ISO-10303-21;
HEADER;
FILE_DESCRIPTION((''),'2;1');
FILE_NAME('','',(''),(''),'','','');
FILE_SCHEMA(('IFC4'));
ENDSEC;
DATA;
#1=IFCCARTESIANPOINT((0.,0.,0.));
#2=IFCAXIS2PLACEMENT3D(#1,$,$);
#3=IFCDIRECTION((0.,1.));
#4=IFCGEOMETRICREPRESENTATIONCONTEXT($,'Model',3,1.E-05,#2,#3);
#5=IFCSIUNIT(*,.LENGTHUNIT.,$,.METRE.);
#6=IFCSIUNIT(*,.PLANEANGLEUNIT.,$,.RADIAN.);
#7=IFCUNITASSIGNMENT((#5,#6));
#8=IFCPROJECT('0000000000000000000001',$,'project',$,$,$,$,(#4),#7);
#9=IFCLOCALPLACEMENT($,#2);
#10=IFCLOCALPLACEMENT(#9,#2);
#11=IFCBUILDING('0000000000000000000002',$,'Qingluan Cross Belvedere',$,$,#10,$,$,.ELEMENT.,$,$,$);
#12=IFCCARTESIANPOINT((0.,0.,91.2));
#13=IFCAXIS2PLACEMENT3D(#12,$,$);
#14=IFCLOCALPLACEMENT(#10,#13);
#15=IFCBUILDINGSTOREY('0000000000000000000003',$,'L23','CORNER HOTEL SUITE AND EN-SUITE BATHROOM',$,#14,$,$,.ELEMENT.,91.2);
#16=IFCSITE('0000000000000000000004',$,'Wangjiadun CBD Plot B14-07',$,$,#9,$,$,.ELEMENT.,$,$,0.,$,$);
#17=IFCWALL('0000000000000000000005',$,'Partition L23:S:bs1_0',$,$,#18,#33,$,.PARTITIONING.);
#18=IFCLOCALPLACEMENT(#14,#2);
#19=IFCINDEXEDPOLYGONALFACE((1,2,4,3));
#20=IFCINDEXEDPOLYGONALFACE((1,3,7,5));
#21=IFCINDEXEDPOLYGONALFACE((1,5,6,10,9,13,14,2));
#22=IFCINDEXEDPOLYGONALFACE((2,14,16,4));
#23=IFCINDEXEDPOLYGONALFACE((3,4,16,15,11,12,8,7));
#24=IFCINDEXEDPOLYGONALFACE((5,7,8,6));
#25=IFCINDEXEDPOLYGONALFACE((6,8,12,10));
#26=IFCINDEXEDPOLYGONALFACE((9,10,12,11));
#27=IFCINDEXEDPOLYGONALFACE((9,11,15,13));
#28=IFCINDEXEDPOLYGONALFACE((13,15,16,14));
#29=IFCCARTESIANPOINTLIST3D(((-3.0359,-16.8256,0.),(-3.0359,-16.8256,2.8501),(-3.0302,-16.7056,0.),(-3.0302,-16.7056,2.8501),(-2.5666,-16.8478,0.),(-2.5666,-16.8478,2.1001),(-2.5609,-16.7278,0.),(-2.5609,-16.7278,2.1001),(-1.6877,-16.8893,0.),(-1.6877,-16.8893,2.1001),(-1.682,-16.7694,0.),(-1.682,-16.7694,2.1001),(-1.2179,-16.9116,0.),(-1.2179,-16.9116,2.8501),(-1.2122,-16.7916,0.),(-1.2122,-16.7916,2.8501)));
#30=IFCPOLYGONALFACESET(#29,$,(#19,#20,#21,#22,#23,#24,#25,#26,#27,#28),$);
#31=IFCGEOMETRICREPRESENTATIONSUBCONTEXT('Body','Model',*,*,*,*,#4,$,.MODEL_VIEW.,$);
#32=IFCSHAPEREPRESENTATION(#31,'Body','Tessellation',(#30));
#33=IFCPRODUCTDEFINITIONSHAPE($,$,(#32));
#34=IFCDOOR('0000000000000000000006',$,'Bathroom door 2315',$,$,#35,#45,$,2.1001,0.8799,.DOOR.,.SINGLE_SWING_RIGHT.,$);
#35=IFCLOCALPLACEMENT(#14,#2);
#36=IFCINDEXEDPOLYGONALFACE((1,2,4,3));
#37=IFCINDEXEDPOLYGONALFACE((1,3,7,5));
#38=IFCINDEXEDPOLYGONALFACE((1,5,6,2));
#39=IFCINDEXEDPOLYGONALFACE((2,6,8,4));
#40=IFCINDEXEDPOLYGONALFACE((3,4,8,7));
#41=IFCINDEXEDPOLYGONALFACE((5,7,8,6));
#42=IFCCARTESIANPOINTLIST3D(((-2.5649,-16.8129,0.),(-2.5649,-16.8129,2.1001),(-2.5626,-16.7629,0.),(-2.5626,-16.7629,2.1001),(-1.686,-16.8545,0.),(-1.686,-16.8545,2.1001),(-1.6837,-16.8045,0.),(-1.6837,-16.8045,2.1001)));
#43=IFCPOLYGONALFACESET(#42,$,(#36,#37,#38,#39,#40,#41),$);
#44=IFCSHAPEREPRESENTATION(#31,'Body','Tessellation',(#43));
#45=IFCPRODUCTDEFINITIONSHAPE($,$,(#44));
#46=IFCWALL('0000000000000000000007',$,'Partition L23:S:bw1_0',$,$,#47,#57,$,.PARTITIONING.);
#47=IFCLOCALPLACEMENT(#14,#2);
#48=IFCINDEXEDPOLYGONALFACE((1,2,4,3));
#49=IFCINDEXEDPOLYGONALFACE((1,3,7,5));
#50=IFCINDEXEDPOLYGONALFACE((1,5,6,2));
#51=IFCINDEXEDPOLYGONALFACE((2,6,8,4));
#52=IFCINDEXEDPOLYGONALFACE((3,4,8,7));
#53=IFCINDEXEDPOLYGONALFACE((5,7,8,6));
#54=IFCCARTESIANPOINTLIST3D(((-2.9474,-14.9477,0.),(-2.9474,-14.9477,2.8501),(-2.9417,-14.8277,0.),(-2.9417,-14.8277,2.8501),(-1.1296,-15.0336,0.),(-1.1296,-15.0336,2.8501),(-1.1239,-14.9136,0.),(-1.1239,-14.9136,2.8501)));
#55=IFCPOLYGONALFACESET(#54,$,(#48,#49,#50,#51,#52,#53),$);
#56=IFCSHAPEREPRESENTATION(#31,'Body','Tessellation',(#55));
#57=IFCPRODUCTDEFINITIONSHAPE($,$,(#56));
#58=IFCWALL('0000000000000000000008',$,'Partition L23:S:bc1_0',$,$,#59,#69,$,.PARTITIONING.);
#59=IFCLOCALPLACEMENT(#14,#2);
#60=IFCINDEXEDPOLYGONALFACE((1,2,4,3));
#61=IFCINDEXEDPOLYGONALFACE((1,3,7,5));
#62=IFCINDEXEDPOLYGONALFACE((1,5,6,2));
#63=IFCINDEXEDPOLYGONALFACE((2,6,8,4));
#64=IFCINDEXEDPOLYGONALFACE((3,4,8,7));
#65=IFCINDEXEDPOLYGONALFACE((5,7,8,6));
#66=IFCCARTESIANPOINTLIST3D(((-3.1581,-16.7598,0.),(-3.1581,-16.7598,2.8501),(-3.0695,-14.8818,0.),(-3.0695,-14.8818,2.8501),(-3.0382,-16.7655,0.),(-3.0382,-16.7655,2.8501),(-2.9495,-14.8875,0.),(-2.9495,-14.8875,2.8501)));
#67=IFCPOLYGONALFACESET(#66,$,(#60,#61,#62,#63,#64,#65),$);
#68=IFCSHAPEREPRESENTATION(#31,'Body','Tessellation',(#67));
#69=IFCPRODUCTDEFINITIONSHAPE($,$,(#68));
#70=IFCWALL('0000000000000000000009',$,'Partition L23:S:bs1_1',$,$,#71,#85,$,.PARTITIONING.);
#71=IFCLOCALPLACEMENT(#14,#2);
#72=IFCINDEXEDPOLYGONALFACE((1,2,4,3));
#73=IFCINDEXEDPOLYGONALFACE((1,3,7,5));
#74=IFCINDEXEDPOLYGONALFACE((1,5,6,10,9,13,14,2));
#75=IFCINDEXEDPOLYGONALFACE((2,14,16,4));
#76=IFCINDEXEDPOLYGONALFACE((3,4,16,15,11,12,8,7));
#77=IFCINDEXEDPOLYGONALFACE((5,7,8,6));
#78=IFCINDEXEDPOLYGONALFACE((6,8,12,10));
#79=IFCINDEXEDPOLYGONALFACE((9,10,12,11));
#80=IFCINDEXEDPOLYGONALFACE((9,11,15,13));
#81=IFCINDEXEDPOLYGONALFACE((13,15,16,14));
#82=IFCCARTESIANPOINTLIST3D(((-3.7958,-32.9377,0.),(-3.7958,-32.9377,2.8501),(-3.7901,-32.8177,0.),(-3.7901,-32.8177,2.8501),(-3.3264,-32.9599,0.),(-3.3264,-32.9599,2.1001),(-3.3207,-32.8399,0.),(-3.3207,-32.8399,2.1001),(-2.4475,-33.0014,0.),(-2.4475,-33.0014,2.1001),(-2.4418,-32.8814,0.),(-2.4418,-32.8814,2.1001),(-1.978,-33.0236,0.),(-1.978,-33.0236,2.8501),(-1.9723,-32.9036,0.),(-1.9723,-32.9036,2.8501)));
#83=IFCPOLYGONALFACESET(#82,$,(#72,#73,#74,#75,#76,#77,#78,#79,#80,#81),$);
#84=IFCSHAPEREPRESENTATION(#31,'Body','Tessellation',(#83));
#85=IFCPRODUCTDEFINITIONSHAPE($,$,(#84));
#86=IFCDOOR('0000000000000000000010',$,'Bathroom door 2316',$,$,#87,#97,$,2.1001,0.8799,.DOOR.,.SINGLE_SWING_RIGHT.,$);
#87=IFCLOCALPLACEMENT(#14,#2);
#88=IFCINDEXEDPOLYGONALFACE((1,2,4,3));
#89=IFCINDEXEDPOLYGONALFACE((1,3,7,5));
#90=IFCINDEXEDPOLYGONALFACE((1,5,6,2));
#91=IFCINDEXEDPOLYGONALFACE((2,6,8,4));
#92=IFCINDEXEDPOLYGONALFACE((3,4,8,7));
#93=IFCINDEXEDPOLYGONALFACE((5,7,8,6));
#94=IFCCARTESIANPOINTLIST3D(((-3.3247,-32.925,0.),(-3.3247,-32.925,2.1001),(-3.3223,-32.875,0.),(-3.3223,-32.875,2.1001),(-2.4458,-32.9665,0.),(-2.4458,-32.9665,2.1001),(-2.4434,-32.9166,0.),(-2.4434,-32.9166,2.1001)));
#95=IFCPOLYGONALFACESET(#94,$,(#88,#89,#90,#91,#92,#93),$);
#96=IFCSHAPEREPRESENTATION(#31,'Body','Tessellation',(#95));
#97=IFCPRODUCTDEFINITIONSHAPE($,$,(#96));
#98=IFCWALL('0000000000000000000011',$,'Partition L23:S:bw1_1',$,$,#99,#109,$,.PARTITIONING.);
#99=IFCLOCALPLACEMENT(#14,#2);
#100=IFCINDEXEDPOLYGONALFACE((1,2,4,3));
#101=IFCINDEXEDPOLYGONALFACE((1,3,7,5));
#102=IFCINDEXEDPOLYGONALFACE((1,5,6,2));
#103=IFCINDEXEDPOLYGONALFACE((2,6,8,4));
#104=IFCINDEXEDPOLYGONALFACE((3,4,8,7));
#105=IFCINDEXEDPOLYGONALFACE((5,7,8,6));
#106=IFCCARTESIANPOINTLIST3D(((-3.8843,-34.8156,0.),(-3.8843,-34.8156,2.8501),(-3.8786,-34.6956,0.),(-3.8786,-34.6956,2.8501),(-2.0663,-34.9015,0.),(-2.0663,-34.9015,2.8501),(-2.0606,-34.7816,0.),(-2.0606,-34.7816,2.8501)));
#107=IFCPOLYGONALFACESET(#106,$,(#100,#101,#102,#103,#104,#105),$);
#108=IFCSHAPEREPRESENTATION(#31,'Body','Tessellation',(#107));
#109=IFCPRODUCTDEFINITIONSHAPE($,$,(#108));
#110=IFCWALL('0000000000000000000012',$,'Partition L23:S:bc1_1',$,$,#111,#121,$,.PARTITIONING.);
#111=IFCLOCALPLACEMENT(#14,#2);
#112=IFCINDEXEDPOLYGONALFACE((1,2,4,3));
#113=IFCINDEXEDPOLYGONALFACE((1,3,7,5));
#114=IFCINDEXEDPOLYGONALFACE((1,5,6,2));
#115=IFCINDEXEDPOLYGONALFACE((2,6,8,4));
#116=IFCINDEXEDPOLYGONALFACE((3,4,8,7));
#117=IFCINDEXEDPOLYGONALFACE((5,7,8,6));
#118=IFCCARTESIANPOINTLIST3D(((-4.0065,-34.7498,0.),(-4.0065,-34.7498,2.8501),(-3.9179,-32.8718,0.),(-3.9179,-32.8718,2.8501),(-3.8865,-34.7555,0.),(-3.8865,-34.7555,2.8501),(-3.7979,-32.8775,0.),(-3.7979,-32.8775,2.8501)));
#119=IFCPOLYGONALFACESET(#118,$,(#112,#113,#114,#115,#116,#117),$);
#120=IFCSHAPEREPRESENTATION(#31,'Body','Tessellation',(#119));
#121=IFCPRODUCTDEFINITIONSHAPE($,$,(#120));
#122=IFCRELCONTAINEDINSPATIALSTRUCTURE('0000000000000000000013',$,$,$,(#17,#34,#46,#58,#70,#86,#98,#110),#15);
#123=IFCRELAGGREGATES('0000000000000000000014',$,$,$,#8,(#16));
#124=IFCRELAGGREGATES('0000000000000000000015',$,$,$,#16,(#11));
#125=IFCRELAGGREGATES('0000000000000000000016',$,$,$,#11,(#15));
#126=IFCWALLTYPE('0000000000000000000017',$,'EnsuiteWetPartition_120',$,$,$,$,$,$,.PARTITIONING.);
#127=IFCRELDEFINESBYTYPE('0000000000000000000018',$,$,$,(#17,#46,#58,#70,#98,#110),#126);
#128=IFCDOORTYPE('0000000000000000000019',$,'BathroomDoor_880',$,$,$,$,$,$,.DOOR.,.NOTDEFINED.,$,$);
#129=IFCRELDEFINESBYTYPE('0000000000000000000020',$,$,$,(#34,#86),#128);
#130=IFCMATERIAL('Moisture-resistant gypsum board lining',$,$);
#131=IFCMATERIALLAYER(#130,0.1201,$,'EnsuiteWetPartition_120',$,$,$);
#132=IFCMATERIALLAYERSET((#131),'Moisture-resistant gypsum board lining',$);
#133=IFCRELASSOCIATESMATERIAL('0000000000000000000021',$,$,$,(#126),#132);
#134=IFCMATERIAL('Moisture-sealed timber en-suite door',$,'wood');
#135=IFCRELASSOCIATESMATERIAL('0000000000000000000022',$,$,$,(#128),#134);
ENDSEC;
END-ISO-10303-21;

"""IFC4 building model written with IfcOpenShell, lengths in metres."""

from ifc_helpers import new_model, si_unit, direction, frame, frame_2d, origin, place, context, subcontext, project, spatial, rectangle, extrude, material, layer, layer_set, type_object, element, fill, save


model = new_model("IFC4")

# Units and contexts
model_context = context("Model", 3, precision=1e-05, world=origin(), true_north=direction((0.0, 1.0)))
body_context = subcontext(model_context, "Body", "Model", "MODEL_VIEW")
ifc_project = project(units=[si_unit("LENGTHUNIT", "METRE"), si_unit("PLANEANGLEUNIT", "RADIAN")], contexts=[model_context])

# Site, building, storey
site_placement = place(None, origin())
site = spatial("IfcSite", under=ifc_project, at=site_placement, Name="Wangjiadun CBD Plot B14-07", CompositionType="ELEMENT", RefElevation=0.0)
building_placement = place(site_placement, origin())
building = spatial("IfcBuilding", under=site, at=building_placement, Name="Qingluan Cross Belvedere", CompositionType="ELEMENT")
storey_placement = place(building_placement, frame((0.0, 0.0, 91.2)))
storey = spatial("IfcBuildingStorey", under=building, at=storey_placement, Name="L23", Description="CORNER HOTEL SUITE AND EN-SUITE BATHROOM", CompositionType="ELEMENT", Elevation=91.2)

# Wall, opening, door
ifc_material_1 = material(Name="Moisture-resistant gypsum board lining")
ifc_layer_1 = layer(ifc_material_1, 0.1201, Name="EnsuiteWetPartition_120")
ifc_layer_set_1 = layer_set([ifc_layer_1], Name="Moisture-resistant gypsum board lining")
wall_type_1 = type_object("IfcWallType", Name="EnsuiteWetPartition_120", PredefinedType="PARTITIONING", material=ifc_layer_set_1)
wall_1_placement = place(storey_placement, frame((-3.0332, -16.7656, 0.0), z_axis=(0.0, 0.0, 1.0), x_axis=(0.998885, -0.047215, 0.0)))
wall_1 = element("IfcWall", 1, at=wall_1_placement, inside=storey, type_object=wall_type_1, Name="Partition L23:S:bs1_0", PredefinedType="PARTITIONING", context=body_context, shape_type="SweptSolid", body=[
    extrude(rectangle(XDim=1.8201, YDim=0.1201, at=frame_2d((0.9102, 0.0))), origin(), (0.0, 0.0, 1.0), 2.8501),
])
opening_1_placement = place(wall_1_placement, frame((0.47, 0.0, 0.0)))
opening_1 = element("IfcOpeningElement", 2, at=opening_1_placement, cuts=wall_1, PredefinedType="OPENING", context=body_context, shape_type="SweptSolid", body=[
    extrude(rectangle(XDim=0.8799, YDim=2.1001, at=frame_2d((0.4399, 1.05))), frame((0.0, 0.0701, 0.0), z_axis=(0.0, -1.0, 0.0), x_axis=(1.0, 0.0, 0.0)), (0.0, 0.0, 1.0), 0.1401),
])
ifc_material_2 = material(Name="Moisture-sealed timber en-suite door", Category="wood")
door_type = type_object("IfcDoorType", Name="BathroomDoor_880", OperationType="NOTDEFINED", PredefinedType="DOOR", material=ifc_material_2)
door_1_placement = place(opening_1_placement, origin())
door_1 = element("IfcDoor", 3, at=door_1_placement, inside=storey, type_object=door_type, Name="Bathroom door 2315", OperationType="SINGLE_SWING_RIGHT", OverallHeight=2.1001, OverallWidth=0.8799, PredefinedType="DOOR", context=body_context, shape_type="SweptSolid", body=[
    extrude(rectangle(XDim=0.8799, YDim=2.1001, at=frame_2d((0.4399, 1.05))), frame((0.0, 0.0249, 0.0), z_axis=(0.0, -1.0, 0.0), x_axis=(1.0, 0.0, 0.0)), (0.0, 0.0, 1.0), 0.05),
])
fill(opening_1, door_1)

# Walls
wall_2_placement = place(storey_placement, frame((-2.9446, -14.8877, 0.0), z_axis=(0.0, 0.0, 1.0), x_axis=(0.998884, -0.047221, 0.0)))
element("IfcWall", 4, at=wall_2_placement, inside=storey, type_object=wall_type_1, Name="Partition L23:S:bw1_0", PredefinedType="PARTITIONING", context=body_context, shape_type="SweptSolid", body=[
    extrude(rectangle(XDim=1.8198, YDim=0.1201, at=frame_2d((0.9099, 0.0))), origin(), (0.0, 0.0, 1.0), 2.8501),
])
wall_3_placement = place(storey_placement, frame((-3.0095, -14.8848, 0.0), z_axis=(0.0, 0.0, 1.0), x_axis=(-0.047139, -0.998888, 0.0)))
element("IfcWall", 5, at=wall_3_placement, inside=storey, type_object=wall_type_1, Name="Partition L23:S:bc1_0", PredefinedType="PARTITIONING", context=body_context, shape_type="SweptSolid", body=[
    extrude(rectangle(XDim=1.8801, YDim=0.1201, at=frame_2d((0.9399, 0.0))), origin(), (0.0, 0.0, 1.0), 2.8501),
])

# Wall, opening, door
wall_4_placement = place(storey_placement, frame((-3.793, -32.8777, 0.0), z_axis=(0.0, 0.0, 1.0), x_axis=(0.998884, -0.047221, 0.0)))
wall_4 = element("IfcWall", 6, at=wall_4_placement, inside=storey, type_object=wall_type_1, Name="Partition L23:S:bs1_1", PredefinedType="PARTITIONING", context=body_context, shape_type="SweptSolid", body=[
    extrude(rectangle(XDim=1.8198, YDim=0.1201, at=frame_2d((0.9099, 0.0))), origin(), (0.0, 0.0, 1.0), 2.8501),
])
opening_2_placement = place(wall_4_placement, frame((0.47, 0.0, 0.0)))
opening_2 = element("IfcOpeningElement", 7, at=opening_2_placement, cuts=wall_4, PredefinedType="OPENING", context=body_context, shape_type="SweptSolid", body=[
    extrude(rectangle(XDim=0.8799, YDim=2.1001, at=frame_2d((0.4399, 1.05))), frame((0.0, 0.0701, 0.0), z_axis=(0.0, -1.0, 0.0), x_axis=(1.0, 0.0, 0.0)), (0.0, 0.0, 1.0), 0.1401),
])
door_2_placement = place(opening_2_placement, origin())
door_2 = element("IfcDoor", 8, at=door_2_placement, inside=storey, type_object=door_type, Name="Bathroom door 2316", OperationType="SINGLE_SWING_RIGHT", OverallHeight=2.1001, OverallWidth=0.8799, PredefinedType="DOOR", context=body_context, shape_type="SweptSolid", body=[
    extrude(rectangle(XDim=0.8799, YDim=2.1001, at=frame_2d((0.4399, 1.05))), frame((0.0, 0.0249, 0.0), z_axis=(0.0, -1.0, 0.0), x_axis=(1.0, 0.0, 0.0)), (0.0, 0.0, 1.0), 0.05),
])
fill(opening_2, door_2)

# Walls
wall_5_placement = place(storey_placement, frame((-3.8816, -34.7556, 0.0), z_axis=(0.0, 0.0, 1.0), x_axis=(0.998885, -0.047215, 0.0)))
element("IfcWall", 9, at=wall_5_placement, inside=storey, type_object=wall_type_1, Name="Partition L23:S:bw1_1", PredefinedType="PARTITIONING", context=body_context, shape_type="SweptSolid", body=[
    extrude(rectangle(XDim=1.8201, YDim=0.1201, at=frame_2d((0.9102, 0.0))), origin(), (0.0, 0.0, 1.0), 2.8501),
])
wall_6_placement = place(storey_placement, frame((-3.8579, -32.8748, 0.0), z_axis=(0.0, 0.0, 1.0), x_axis=(-0.047139, -0.998888, 0.0)))
element("IfcWall", 10, at=wall_6_placement, inside=storey, type_object=wall_type_1, Name="Partition L23:S:bc1_1", PredefinedType="PARTITIONING", context=body_context, shape_type="SweptSolid", body=[
    extrude(rectangle(XDim=1.8801, YDim=0.1201, at=frame_2d((0.9399, 0.0))), origin(), (0.0, 0.0, 1.0), 2.8501),
])

save(model, "model.ifc")
